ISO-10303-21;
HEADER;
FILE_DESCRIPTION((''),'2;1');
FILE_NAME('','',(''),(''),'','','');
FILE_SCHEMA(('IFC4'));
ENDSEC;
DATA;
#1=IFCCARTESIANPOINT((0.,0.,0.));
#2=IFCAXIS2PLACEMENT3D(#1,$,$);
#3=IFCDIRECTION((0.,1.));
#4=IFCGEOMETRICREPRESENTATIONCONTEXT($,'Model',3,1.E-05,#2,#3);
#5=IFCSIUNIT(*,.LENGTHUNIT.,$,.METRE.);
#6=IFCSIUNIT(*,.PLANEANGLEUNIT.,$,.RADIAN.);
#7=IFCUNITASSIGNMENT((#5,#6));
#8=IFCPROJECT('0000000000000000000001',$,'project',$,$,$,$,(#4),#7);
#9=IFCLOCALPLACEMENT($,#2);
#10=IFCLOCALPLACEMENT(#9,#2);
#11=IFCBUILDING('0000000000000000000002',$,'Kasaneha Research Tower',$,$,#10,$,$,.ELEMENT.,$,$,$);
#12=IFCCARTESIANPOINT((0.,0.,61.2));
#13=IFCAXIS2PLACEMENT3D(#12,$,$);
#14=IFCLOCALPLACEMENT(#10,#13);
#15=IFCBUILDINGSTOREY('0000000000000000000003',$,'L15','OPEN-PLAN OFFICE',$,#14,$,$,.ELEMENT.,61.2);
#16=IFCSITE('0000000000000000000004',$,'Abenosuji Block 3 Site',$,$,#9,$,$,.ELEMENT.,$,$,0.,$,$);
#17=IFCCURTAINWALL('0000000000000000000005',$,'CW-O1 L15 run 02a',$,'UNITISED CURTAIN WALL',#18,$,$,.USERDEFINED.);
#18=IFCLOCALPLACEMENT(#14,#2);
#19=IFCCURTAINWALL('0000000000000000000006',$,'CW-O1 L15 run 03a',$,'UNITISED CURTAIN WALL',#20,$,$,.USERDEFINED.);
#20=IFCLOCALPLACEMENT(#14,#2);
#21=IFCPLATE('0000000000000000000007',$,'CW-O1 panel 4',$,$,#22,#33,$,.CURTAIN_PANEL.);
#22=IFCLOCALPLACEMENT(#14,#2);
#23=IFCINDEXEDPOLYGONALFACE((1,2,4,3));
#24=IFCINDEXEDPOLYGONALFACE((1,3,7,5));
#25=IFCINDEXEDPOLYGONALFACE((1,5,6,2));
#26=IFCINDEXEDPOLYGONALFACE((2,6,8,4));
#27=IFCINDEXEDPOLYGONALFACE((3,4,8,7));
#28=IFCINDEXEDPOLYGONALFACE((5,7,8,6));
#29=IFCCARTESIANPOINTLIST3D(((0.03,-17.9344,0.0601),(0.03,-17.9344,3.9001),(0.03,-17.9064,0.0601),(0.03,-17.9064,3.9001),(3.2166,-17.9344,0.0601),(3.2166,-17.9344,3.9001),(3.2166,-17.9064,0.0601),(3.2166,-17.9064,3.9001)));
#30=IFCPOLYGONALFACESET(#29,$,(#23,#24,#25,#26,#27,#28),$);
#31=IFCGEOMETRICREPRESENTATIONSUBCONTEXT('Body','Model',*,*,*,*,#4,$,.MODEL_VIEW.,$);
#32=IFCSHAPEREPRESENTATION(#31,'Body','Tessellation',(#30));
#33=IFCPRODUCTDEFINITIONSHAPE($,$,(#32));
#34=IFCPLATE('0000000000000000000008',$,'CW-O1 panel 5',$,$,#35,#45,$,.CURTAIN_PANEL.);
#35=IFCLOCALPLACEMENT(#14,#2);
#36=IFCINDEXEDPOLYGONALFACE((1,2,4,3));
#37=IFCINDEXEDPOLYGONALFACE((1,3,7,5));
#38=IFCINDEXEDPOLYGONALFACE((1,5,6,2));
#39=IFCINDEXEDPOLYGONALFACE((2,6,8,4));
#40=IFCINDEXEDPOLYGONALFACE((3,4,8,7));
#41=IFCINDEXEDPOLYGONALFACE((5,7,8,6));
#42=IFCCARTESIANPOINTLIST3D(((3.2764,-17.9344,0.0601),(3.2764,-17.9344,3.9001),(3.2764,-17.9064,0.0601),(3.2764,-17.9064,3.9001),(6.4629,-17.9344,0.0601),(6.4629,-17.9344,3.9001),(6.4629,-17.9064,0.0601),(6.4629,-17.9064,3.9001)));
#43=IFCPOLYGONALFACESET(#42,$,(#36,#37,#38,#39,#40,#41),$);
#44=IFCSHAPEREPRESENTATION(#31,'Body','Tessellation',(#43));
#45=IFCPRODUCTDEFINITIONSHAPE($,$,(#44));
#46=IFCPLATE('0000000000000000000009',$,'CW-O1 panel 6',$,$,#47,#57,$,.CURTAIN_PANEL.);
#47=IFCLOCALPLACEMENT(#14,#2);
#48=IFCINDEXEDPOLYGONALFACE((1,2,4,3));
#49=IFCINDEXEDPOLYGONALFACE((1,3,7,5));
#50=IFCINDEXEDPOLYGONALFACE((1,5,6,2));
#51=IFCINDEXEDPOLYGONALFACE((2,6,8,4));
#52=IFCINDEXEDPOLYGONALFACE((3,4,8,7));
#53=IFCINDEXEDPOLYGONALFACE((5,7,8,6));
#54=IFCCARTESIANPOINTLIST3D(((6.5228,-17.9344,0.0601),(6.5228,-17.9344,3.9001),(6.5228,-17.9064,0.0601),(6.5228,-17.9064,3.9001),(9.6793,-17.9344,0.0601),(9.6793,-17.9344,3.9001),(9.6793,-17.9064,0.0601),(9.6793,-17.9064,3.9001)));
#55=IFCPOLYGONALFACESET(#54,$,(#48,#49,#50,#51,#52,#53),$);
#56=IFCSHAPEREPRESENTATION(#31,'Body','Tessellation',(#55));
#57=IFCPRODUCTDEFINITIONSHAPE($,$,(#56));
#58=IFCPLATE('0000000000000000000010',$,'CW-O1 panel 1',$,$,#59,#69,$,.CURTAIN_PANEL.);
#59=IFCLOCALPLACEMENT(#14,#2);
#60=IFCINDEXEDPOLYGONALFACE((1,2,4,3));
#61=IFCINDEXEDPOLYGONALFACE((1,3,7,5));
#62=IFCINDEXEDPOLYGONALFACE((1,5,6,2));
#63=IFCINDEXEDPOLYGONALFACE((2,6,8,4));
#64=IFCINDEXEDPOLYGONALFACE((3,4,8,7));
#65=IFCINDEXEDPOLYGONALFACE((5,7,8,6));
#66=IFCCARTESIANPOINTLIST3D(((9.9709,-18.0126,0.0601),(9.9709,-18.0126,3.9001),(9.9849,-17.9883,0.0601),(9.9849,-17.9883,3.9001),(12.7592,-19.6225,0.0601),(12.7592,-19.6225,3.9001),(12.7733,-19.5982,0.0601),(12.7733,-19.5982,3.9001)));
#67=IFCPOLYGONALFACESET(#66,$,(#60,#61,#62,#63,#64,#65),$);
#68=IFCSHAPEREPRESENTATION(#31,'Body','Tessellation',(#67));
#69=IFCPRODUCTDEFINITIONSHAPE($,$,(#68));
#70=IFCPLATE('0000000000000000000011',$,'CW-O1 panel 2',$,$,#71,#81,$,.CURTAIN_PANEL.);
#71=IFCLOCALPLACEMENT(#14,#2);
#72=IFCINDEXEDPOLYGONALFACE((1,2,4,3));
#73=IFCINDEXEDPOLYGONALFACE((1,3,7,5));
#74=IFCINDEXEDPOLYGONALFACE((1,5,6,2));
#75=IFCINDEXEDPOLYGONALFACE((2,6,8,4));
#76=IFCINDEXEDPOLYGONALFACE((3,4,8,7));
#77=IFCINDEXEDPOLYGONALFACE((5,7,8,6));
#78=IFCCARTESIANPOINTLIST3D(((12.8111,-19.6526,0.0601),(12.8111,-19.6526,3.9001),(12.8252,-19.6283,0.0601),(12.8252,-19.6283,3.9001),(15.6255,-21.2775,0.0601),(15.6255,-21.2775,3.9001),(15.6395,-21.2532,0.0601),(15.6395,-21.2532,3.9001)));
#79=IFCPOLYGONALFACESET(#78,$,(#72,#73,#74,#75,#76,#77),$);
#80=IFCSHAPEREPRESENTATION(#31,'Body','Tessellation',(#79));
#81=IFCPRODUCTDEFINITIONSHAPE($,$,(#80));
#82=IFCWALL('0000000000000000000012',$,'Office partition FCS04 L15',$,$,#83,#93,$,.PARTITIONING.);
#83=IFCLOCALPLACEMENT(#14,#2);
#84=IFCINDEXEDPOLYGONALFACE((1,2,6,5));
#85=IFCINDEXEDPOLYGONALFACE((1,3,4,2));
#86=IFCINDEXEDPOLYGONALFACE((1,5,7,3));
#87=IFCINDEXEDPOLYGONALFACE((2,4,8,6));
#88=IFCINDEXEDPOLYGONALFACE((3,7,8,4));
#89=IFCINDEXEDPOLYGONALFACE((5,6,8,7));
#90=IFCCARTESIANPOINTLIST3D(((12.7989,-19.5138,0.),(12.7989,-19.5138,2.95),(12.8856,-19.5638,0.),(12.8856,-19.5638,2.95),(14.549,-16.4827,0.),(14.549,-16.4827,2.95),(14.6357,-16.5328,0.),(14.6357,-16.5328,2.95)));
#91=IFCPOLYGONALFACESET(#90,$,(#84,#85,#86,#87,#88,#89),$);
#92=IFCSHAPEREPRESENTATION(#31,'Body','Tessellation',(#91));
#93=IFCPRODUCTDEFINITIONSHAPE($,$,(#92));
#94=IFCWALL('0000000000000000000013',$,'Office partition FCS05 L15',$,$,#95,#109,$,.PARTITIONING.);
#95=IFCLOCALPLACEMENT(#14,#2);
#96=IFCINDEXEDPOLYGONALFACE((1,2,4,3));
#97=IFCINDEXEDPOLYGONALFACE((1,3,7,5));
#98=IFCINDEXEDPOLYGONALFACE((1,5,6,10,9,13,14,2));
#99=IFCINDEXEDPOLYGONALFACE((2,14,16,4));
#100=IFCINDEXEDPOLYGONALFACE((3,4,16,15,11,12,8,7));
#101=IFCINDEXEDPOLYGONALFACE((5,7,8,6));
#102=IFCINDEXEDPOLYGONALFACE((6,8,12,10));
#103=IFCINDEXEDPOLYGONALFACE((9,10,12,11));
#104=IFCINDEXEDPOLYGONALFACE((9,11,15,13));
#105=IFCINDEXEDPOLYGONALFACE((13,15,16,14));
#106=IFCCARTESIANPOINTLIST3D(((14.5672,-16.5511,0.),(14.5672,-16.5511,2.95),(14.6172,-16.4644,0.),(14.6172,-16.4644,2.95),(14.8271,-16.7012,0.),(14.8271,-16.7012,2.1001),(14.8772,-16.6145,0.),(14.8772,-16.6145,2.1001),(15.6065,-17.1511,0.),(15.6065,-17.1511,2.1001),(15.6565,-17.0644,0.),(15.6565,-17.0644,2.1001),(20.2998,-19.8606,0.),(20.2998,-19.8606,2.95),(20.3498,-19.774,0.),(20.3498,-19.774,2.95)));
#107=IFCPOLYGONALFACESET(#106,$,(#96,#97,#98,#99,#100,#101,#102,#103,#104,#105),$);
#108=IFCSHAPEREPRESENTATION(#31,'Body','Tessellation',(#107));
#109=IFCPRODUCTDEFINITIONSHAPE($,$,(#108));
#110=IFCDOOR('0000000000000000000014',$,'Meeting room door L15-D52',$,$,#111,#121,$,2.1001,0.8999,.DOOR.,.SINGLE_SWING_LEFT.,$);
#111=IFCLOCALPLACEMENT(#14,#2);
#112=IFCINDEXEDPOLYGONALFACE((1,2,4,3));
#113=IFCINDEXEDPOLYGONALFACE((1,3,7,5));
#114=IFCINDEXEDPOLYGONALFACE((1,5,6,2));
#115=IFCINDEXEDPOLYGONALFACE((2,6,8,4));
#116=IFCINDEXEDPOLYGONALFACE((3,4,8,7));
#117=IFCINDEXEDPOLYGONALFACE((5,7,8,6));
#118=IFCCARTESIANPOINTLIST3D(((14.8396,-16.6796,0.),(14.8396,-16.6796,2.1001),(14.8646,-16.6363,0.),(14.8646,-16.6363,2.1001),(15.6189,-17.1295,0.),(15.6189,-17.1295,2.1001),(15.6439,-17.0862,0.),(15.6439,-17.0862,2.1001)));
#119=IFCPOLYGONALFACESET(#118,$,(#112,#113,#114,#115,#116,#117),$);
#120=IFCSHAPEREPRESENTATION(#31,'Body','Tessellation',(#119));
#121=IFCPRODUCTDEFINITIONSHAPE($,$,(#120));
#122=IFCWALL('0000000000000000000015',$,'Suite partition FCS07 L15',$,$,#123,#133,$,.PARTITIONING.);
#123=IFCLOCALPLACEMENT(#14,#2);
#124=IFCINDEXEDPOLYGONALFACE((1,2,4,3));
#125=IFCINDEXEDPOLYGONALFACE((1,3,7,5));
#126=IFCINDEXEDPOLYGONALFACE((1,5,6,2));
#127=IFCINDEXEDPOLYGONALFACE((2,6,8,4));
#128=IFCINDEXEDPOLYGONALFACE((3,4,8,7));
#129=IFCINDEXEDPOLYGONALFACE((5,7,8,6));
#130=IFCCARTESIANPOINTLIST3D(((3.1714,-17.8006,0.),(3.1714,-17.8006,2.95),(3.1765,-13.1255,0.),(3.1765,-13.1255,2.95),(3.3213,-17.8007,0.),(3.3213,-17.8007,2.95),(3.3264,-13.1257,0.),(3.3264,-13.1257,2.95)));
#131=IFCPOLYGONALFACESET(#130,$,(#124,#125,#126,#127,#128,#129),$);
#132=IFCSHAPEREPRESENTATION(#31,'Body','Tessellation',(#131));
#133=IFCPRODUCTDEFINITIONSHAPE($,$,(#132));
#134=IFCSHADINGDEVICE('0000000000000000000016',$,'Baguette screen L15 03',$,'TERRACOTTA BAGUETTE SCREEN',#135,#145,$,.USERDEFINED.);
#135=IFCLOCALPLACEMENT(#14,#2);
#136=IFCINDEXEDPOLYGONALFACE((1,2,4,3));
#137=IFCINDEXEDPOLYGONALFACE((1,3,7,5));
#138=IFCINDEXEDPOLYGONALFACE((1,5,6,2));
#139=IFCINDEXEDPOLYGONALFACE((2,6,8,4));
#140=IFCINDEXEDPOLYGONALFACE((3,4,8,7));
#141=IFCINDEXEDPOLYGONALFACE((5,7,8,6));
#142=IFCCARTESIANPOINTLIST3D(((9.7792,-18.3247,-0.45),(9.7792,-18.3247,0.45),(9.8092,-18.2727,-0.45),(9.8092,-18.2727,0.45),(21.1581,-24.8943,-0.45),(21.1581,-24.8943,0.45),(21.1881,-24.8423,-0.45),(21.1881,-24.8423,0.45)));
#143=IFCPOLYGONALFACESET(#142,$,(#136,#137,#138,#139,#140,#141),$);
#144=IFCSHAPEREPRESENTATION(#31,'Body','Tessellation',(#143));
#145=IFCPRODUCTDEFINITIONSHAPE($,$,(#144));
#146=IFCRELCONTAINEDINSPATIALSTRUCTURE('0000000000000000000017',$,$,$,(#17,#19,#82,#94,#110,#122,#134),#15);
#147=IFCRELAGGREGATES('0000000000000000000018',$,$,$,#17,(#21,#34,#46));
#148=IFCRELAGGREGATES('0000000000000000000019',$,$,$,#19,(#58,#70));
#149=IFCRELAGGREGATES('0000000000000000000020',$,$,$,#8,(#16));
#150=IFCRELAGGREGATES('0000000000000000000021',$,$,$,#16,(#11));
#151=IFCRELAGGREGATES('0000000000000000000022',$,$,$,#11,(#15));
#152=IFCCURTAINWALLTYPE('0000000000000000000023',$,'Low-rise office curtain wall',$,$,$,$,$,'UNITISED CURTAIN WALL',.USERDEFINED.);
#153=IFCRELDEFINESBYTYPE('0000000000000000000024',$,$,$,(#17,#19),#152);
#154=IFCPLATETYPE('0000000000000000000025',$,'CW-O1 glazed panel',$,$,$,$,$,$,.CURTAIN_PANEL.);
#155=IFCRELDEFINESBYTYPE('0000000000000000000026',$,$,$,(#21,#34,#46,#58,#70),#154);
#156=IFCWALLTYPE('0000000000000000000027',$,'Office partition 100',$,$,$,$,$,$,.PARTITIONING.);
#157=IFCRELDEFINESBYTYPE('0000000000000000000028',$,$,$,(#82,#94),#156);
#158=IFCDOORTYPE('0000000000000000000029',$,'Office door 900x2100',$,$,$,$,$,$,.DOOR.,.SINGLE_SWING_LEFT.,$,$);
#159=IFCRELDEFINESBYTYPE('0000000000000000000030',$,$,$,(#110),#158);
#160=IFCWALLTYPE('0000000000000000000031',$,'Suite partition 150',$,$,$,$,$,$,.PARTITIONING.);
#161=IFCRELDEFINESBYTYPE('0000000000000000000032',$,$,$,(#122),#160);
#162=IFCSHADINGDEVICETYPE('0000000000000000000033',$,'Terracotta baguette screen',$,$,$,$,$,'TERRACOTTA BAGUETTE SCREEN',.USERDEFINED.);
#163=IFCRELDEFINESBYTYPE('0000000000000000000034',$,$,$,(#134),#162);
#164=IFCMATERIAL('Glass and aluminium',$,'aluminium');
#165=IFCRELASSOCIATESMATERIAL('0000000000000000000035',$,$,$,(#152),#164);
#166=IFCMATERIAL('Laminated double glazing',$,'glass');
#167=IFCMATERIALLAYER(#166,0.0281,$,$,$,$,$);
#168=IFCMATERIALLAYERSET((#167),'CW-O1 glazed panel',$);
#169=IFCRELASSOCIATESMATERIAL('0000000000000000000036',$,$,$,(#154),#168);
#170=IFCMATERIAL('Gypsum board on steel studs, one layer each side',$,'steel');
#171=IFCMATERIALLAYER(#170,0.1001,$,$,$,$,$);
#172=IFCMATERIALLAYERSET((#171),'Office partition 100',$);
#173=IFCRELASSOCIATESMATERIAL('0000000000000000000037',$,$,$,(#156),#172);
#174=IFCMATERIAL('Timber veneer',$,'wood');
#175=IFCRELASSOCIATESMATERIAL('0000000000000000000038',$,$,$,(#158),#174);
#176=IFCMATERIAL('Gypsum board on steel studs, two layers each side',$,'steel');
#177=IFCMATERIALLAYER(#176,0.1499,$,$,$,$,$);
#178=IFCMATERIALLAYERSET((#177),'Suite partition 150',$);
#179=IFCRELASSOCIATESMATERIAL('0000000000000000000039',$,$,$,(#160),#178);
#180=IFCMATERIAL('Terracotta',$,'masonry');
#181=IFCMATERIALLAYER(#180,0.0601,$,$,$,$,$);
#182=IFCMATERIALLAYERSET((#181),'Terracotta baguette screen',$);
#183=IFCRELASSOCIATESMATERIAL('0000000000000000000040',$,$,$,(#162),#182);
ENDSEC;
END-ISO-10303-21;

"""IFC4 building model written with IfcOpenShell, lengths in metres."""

from ifc_helpers import new_model, si_unit, direction, frame, frame_2d, origin, origin_2d, place, context, subcontext, project, spatial, rectangle, extrude, material, layer, layer_set, type_object, element, fill, aggregate, save


model = new_model("IFC4")

# Units and contexts
model_context = context("Model", 3, precision=1e-05, world=origin(), true_north=direction((0.0, 1.0)))
body_context = subcontext(model_context, "Body", "Model", "MODEL_VIEW")
ifc_project = project(units=[si_unit("LENGTHUNIT", "METRE"), si_unit("PLANEANGLEUNIT", "RADIAN")], contexts=[model_context])

# Site, building, storey
site_placement = place(None, origin())
site = spatial("IfcSite", under=ifc_project, at=site_placement, Name="Abenosuji Block 3 Site", CompositionType="ELEMENT", RefElevation=0.0)
building_placement = place(site_placement, origin())
building = spatial("IfcBuilding", under=site, at=building_placement, Name="Kasaneha Research Tower", CompositionType="ELEMENT")
storey_placement = place(building_placement, frame((0.0, 0.0, 61.2)))
storey = spatial("IfcBuildingStorey", under=building, at=storey_placement, Name="L15", Description="OPEN-PLAN OFFICE", CompositionType="ELEMENT", Elevation=61.2)

# Curtain walls
ifc_material_1 = material(Name="Glass and aluminium", Category="aluminium")
curtain_wall_type = type_object("IfcCurtainWallType", Name="Low-rise office curtain wall", ElementType="UNITISED CURTAIN WALL", PredefinedType="USERDEFINED", material=ifc_material_1)
curtain_wall_1_placement = place(storey_placement, origin())
curtain_wall_1 = element("IfcCurtainWall", 1, at=curtain_wall_1_placement, inside=storey, type_object=curtain_wall_type, Name="CW-O1 L15 run 02a", ObjectType="UNITISED CURTAIN WALL", PredefinedType="USERDEFINED")
curtain_wall_2_placement = place(storey_placement, origin())
curtain_wall_2 = element("IfcCurtainWall", 2, at=curtain_wall_2_placement, inside=storey, type_object=curtain_wall_type, Name="CW-O1 L15 run 03a", ObjectType="UNITISED CURTAIN WALL", PredefinedType="USERDEFINED")

# Plates
ifc_material_2 = material(Name="Laminated double glazing", Category="glass")
ifc_layer_1 = layer(ifc_material_2, 0.0281)
ifc_layer_set_1 = layer_set([ifc_layer_1], Name="CW-O1 glazed panel")
plate_type = type_object("IfcPlateType", Name="CW-O1 glazed panel", PredefinedType="CURTAIN_PANEL", material=ifc_layer_set_1)
plate_1_placement = place(storey_placement, frame((1.6233, -17.9204, 0.0601), z_axis=(0.0, 0.0, 1.0), x_axis=(1.0, 0.0, 0.0)))
plate_1 = element("IfcPlate", 3, at=plate_1_placement, type_object=plate_type, Name="CW-O1 panel 4", PredefinedType="CURTAIN_PANEL", context=body_context, shape_type="SweptSolid", body=[
    extrude(rectangle(XDim=3.1865, YDim=0.0281, at=origin_2d()), origin(), (0.0, 0.0, 1.0), 3.8401),
])
plate_2_placement = place(storey_placement, frame((4.8696, -17.9204, 0.0601), z_axis=(0.0, 0.0, 1.0), x_axis=(1.0, 0.0, 0.0)))
plate_2 = element("IfcPlate", 4, at=plate_2_placement, type_object=plate_type, Name="CW-O1 panel 5", PredefinedType="CURTAIN_PANEL", context=body_context, shape_type="SweptSolid", body=[
    extrude(rectangle(XDim=3.1865, YDim=0.0281, at=origin_2d()), origin(), (0.0, 0.0, 1.0), 3.8401),
])
plate_3_placement = place(storey_placement, frame((8.1011, -17.9204, 0.0601), z_axis=(0.0, 0.0, 1.0), x_axis=(1.0, 0.0, 0.0)))
plate_3 = element("IfcPlate", 5, at=plate_3_placement, type_object=plate_type, Name="CW-O1 panel 6", PredefinedType="CURTAIN_PANEL", context=body_context, shape_type="SweptSolid", body=[
    extrude(rectangle(XDim=3.1565, YDim=0.0281, at=origin_2d()), origin(), (0.0, 0.0, 1.0), 3.8401),
])
aggregate(curtain_wall_1, [plate_1, plate_2, plate_3])
plate_4_placement = place(storey_placement, frame((11.3721, -18.8054, 0.0601), z_axis=(0.0, 0.0, 1.0), x_axis=(0.866025, -0.5, 0.0)))
plate_4 = element("IfcPlate", 6, at=plate_4_placement, type_object=plate_type, Name="CW-O1 panel 1", PredefinedType="CURTAIN_PANEL", context=body_context, shape_type="SweptSolid", body=[
    extrude(rectangle(XDim=3.2197, YDim=0.0281, at=origin_2d()), origin(), (0.0, 0.0, 1.0), 3.8401),
])
plate_5_placement = place(storey_placement, frame((14.2253, -20.4529, 0.0601), z_axis=(0.0, 0.0, 1.0), x_axis=(0.866025, -0.5, 0.0)))
plate_5 = element("IfcPlate", 7, at=plate_5_placement, type_object=plate_type, Name="CW-O1 panel 2", PredefinedType="CURTAIN_PANEL", context=body_context, shape_type="SweptSolid", body=[
    extrude(rectangle(XDim=3.2498, YDim=0.0281, at=origin_2d()), origin(), (0.0, 0.0, 1.0), 3.8401),
])
aggregate(curtain_wall_2, [plate_4, plate_5])

# Wall
ifc_material_3 = material(Name="Gypsum board on steel studs, one layer each side", Category="steel")
ifc_layer_2 = layer(ifc_material_3, 0.1001)
ifc_layer_set_2 = layer_set([ifc_layer_2], Name="Office partition 100")
wall_type_1 = type_object("IfcWallType", Name="Office partition 100", PredefinedType="PARTITIONING", material=ifc_layer_set_2)
wall_1_placement = place(storey_placement, frame((12.8423, -19.5388, 0.0), z_axis=(0.0, 0.0, 1.0), x_axis=(0.50001, 0.866019, 0.0)))
element("IfcWall", 8, at=wall_1_placement, inside=storey, type_object=wall_type_1, Name="Office partition FCS04 L15", PredefinedType="PARTITIONING", context=body_context, shape_type="SweptSolid", body=[
    extrude(rectangle(XDim=3.5, YDim=0.1001, at=frame_2d((1.75, 0.0))), origin(), (0.0, 0.0, 1.0), 2.95),
])

# Wall, opening, door
wall_2_placement = place(storey_placement, frame((14.5923, -16.5078, 0.0), z_axis=(0.0, 0.0, 1.0), x_axis=(0.866038, -0.499979, 0.0)))
wall_2 = element("IfcWall", 9, at=wall_2_placement, inside=storey, type_object=wall_type_1, Name="Office partition FCS05 L15", PredefinedType="PARTITIONING", context=body_context, shape_type="SweptSolid", body=[
    extrude(rectangle(XDim=6.6194, YDim=0.1001, at=frame_2d((3.3096, 0.0))), origin(), (0.0, 0.0, 1.0), 2.95),
])
opening_placement = place(wall_2_placement, frame((0.3, 0.0, 0.0)))
opening = element("IfcOpeningElement", 10, at=opening_placement, cuts=wall_2, PredefinedType="OPENING", context=body_context, shape_type="SweptSolid", body=[
    extrude(rectangle(XDim=0.8999, YDim=2.1001, at=frame_2d((0.45, 1.05))), frame((0.0, 0.0601, 0.0), z_axis=(0.0, -1.0, 0.0), x_axis=(1.0, 0.0, 0.0)), (0.0, 0.0, 1.0), 0.1201),
])
ifc_material_4 = material(Name="Timber veneer", Category="wood")
door_type = type_object("IfcDoorType", Name="Office door 900x2100", OperationType="SINGLE_SWING_LEFT", PredefinedType="DOOR", material=ifc_material_4)
door_placement = place(opening_placement, origin())
door = element("IfcDoor", 11, at=door_placement, inside=storey, type_object=door_type, Name="Meeting room door L15-D52", OperationType="SINGLE_SWING_LEFT", OverallHeight=2.1001, OverallWidth=0.8999, PredefinedType="DOOR", context=body_context, shape_type="SweptSolid", body=[
    extrude(rectangle(XDim=0.8999, YDim=2.1001, at=frame_2d((0.45, 1.05))), frame((0.0, 0.0249, 0.0), z_axis=(0.0, -1.0, 0.0), x_axis=(1.0, 0.0, 0.0)), (0.0, 0.0, 1.0), 0.05),
])
fill(opening, door)

# Wall
ifc_material_5 = material(Name="Gypsum board on steel studs, two layers each side", Category="steel")
ifc_layer_3 = layer(ifc_material_5, 0.1499)
ifc_layer_set_3 = layer_set([ifc_layer_3], Name="Suite partition 150")
wall_type_2 = type_object("IfcWallType", Name="Suite partition 150", PredefinedType="PARTITIONING", material=ifc_layer_set_3)
wall_3_placement = place(storey_placement, frame((3.2463, -17.8005, 0.0), z_axis=(0.0, 0.0, 1.0), x_axis=(0.001097, 0.999999, 0.0)))
element("IfcWall", 12, at=wall_3_placement, inside=storey, type_object=wall_type_2, Name="Suite partition FCS07 L15", PredefinedType="PARTITIONING", context=body_context, shape_type="SweptSolid", body=[
    extrude(rectangle(XDim=4.675, YDim=0.1499, at=frame_2d((2.3374, 0.0))), origin(), (0.0, 0.0, 1.0), 2.95),
])

# Shading device
ifc_material_6 = material(Name="Terracotta", Category="masonry")
ifc_layer_4 = layer(ifc_material_6, 0.0601)
ifc_layer_set_4 = layer_set([ifc_layer_4], Name="Terracotta baguette screen")
shading_device_type = type_object("IfcShadingDeviceType", Name="Terracotta baguette screen", ElementType="TERRACOTTA BAGUETTE SCREEN", PredefinedType="USERDEFINED", material=ifc_layer_set_4)
shading_device_placement = place(storey_placement, frame((15.4836, -21.5835, -0.45), z_axis=(0.0, 0.0, 1.0), x_axis=(0.866025, -0.5, 0.0)))
element("IfcShadingDevice", 13, at=shading_device_placement, inside=storey, type_object=shading_device_type, Name="Baguette screen L15 03", ObjectType="TERRACOTTA BAGUETTE SCREEN", PredefinedType="USERDEFINED", context=body_context, shape_type="SweptSolid", body=[
    extrude(rectangle(XDim=13.1392, YDim=0.0601, at=origin_2d()), origin(), (0.0, 0.0, 1.0), 0.8999),
])

save(model, "model.ifc")
